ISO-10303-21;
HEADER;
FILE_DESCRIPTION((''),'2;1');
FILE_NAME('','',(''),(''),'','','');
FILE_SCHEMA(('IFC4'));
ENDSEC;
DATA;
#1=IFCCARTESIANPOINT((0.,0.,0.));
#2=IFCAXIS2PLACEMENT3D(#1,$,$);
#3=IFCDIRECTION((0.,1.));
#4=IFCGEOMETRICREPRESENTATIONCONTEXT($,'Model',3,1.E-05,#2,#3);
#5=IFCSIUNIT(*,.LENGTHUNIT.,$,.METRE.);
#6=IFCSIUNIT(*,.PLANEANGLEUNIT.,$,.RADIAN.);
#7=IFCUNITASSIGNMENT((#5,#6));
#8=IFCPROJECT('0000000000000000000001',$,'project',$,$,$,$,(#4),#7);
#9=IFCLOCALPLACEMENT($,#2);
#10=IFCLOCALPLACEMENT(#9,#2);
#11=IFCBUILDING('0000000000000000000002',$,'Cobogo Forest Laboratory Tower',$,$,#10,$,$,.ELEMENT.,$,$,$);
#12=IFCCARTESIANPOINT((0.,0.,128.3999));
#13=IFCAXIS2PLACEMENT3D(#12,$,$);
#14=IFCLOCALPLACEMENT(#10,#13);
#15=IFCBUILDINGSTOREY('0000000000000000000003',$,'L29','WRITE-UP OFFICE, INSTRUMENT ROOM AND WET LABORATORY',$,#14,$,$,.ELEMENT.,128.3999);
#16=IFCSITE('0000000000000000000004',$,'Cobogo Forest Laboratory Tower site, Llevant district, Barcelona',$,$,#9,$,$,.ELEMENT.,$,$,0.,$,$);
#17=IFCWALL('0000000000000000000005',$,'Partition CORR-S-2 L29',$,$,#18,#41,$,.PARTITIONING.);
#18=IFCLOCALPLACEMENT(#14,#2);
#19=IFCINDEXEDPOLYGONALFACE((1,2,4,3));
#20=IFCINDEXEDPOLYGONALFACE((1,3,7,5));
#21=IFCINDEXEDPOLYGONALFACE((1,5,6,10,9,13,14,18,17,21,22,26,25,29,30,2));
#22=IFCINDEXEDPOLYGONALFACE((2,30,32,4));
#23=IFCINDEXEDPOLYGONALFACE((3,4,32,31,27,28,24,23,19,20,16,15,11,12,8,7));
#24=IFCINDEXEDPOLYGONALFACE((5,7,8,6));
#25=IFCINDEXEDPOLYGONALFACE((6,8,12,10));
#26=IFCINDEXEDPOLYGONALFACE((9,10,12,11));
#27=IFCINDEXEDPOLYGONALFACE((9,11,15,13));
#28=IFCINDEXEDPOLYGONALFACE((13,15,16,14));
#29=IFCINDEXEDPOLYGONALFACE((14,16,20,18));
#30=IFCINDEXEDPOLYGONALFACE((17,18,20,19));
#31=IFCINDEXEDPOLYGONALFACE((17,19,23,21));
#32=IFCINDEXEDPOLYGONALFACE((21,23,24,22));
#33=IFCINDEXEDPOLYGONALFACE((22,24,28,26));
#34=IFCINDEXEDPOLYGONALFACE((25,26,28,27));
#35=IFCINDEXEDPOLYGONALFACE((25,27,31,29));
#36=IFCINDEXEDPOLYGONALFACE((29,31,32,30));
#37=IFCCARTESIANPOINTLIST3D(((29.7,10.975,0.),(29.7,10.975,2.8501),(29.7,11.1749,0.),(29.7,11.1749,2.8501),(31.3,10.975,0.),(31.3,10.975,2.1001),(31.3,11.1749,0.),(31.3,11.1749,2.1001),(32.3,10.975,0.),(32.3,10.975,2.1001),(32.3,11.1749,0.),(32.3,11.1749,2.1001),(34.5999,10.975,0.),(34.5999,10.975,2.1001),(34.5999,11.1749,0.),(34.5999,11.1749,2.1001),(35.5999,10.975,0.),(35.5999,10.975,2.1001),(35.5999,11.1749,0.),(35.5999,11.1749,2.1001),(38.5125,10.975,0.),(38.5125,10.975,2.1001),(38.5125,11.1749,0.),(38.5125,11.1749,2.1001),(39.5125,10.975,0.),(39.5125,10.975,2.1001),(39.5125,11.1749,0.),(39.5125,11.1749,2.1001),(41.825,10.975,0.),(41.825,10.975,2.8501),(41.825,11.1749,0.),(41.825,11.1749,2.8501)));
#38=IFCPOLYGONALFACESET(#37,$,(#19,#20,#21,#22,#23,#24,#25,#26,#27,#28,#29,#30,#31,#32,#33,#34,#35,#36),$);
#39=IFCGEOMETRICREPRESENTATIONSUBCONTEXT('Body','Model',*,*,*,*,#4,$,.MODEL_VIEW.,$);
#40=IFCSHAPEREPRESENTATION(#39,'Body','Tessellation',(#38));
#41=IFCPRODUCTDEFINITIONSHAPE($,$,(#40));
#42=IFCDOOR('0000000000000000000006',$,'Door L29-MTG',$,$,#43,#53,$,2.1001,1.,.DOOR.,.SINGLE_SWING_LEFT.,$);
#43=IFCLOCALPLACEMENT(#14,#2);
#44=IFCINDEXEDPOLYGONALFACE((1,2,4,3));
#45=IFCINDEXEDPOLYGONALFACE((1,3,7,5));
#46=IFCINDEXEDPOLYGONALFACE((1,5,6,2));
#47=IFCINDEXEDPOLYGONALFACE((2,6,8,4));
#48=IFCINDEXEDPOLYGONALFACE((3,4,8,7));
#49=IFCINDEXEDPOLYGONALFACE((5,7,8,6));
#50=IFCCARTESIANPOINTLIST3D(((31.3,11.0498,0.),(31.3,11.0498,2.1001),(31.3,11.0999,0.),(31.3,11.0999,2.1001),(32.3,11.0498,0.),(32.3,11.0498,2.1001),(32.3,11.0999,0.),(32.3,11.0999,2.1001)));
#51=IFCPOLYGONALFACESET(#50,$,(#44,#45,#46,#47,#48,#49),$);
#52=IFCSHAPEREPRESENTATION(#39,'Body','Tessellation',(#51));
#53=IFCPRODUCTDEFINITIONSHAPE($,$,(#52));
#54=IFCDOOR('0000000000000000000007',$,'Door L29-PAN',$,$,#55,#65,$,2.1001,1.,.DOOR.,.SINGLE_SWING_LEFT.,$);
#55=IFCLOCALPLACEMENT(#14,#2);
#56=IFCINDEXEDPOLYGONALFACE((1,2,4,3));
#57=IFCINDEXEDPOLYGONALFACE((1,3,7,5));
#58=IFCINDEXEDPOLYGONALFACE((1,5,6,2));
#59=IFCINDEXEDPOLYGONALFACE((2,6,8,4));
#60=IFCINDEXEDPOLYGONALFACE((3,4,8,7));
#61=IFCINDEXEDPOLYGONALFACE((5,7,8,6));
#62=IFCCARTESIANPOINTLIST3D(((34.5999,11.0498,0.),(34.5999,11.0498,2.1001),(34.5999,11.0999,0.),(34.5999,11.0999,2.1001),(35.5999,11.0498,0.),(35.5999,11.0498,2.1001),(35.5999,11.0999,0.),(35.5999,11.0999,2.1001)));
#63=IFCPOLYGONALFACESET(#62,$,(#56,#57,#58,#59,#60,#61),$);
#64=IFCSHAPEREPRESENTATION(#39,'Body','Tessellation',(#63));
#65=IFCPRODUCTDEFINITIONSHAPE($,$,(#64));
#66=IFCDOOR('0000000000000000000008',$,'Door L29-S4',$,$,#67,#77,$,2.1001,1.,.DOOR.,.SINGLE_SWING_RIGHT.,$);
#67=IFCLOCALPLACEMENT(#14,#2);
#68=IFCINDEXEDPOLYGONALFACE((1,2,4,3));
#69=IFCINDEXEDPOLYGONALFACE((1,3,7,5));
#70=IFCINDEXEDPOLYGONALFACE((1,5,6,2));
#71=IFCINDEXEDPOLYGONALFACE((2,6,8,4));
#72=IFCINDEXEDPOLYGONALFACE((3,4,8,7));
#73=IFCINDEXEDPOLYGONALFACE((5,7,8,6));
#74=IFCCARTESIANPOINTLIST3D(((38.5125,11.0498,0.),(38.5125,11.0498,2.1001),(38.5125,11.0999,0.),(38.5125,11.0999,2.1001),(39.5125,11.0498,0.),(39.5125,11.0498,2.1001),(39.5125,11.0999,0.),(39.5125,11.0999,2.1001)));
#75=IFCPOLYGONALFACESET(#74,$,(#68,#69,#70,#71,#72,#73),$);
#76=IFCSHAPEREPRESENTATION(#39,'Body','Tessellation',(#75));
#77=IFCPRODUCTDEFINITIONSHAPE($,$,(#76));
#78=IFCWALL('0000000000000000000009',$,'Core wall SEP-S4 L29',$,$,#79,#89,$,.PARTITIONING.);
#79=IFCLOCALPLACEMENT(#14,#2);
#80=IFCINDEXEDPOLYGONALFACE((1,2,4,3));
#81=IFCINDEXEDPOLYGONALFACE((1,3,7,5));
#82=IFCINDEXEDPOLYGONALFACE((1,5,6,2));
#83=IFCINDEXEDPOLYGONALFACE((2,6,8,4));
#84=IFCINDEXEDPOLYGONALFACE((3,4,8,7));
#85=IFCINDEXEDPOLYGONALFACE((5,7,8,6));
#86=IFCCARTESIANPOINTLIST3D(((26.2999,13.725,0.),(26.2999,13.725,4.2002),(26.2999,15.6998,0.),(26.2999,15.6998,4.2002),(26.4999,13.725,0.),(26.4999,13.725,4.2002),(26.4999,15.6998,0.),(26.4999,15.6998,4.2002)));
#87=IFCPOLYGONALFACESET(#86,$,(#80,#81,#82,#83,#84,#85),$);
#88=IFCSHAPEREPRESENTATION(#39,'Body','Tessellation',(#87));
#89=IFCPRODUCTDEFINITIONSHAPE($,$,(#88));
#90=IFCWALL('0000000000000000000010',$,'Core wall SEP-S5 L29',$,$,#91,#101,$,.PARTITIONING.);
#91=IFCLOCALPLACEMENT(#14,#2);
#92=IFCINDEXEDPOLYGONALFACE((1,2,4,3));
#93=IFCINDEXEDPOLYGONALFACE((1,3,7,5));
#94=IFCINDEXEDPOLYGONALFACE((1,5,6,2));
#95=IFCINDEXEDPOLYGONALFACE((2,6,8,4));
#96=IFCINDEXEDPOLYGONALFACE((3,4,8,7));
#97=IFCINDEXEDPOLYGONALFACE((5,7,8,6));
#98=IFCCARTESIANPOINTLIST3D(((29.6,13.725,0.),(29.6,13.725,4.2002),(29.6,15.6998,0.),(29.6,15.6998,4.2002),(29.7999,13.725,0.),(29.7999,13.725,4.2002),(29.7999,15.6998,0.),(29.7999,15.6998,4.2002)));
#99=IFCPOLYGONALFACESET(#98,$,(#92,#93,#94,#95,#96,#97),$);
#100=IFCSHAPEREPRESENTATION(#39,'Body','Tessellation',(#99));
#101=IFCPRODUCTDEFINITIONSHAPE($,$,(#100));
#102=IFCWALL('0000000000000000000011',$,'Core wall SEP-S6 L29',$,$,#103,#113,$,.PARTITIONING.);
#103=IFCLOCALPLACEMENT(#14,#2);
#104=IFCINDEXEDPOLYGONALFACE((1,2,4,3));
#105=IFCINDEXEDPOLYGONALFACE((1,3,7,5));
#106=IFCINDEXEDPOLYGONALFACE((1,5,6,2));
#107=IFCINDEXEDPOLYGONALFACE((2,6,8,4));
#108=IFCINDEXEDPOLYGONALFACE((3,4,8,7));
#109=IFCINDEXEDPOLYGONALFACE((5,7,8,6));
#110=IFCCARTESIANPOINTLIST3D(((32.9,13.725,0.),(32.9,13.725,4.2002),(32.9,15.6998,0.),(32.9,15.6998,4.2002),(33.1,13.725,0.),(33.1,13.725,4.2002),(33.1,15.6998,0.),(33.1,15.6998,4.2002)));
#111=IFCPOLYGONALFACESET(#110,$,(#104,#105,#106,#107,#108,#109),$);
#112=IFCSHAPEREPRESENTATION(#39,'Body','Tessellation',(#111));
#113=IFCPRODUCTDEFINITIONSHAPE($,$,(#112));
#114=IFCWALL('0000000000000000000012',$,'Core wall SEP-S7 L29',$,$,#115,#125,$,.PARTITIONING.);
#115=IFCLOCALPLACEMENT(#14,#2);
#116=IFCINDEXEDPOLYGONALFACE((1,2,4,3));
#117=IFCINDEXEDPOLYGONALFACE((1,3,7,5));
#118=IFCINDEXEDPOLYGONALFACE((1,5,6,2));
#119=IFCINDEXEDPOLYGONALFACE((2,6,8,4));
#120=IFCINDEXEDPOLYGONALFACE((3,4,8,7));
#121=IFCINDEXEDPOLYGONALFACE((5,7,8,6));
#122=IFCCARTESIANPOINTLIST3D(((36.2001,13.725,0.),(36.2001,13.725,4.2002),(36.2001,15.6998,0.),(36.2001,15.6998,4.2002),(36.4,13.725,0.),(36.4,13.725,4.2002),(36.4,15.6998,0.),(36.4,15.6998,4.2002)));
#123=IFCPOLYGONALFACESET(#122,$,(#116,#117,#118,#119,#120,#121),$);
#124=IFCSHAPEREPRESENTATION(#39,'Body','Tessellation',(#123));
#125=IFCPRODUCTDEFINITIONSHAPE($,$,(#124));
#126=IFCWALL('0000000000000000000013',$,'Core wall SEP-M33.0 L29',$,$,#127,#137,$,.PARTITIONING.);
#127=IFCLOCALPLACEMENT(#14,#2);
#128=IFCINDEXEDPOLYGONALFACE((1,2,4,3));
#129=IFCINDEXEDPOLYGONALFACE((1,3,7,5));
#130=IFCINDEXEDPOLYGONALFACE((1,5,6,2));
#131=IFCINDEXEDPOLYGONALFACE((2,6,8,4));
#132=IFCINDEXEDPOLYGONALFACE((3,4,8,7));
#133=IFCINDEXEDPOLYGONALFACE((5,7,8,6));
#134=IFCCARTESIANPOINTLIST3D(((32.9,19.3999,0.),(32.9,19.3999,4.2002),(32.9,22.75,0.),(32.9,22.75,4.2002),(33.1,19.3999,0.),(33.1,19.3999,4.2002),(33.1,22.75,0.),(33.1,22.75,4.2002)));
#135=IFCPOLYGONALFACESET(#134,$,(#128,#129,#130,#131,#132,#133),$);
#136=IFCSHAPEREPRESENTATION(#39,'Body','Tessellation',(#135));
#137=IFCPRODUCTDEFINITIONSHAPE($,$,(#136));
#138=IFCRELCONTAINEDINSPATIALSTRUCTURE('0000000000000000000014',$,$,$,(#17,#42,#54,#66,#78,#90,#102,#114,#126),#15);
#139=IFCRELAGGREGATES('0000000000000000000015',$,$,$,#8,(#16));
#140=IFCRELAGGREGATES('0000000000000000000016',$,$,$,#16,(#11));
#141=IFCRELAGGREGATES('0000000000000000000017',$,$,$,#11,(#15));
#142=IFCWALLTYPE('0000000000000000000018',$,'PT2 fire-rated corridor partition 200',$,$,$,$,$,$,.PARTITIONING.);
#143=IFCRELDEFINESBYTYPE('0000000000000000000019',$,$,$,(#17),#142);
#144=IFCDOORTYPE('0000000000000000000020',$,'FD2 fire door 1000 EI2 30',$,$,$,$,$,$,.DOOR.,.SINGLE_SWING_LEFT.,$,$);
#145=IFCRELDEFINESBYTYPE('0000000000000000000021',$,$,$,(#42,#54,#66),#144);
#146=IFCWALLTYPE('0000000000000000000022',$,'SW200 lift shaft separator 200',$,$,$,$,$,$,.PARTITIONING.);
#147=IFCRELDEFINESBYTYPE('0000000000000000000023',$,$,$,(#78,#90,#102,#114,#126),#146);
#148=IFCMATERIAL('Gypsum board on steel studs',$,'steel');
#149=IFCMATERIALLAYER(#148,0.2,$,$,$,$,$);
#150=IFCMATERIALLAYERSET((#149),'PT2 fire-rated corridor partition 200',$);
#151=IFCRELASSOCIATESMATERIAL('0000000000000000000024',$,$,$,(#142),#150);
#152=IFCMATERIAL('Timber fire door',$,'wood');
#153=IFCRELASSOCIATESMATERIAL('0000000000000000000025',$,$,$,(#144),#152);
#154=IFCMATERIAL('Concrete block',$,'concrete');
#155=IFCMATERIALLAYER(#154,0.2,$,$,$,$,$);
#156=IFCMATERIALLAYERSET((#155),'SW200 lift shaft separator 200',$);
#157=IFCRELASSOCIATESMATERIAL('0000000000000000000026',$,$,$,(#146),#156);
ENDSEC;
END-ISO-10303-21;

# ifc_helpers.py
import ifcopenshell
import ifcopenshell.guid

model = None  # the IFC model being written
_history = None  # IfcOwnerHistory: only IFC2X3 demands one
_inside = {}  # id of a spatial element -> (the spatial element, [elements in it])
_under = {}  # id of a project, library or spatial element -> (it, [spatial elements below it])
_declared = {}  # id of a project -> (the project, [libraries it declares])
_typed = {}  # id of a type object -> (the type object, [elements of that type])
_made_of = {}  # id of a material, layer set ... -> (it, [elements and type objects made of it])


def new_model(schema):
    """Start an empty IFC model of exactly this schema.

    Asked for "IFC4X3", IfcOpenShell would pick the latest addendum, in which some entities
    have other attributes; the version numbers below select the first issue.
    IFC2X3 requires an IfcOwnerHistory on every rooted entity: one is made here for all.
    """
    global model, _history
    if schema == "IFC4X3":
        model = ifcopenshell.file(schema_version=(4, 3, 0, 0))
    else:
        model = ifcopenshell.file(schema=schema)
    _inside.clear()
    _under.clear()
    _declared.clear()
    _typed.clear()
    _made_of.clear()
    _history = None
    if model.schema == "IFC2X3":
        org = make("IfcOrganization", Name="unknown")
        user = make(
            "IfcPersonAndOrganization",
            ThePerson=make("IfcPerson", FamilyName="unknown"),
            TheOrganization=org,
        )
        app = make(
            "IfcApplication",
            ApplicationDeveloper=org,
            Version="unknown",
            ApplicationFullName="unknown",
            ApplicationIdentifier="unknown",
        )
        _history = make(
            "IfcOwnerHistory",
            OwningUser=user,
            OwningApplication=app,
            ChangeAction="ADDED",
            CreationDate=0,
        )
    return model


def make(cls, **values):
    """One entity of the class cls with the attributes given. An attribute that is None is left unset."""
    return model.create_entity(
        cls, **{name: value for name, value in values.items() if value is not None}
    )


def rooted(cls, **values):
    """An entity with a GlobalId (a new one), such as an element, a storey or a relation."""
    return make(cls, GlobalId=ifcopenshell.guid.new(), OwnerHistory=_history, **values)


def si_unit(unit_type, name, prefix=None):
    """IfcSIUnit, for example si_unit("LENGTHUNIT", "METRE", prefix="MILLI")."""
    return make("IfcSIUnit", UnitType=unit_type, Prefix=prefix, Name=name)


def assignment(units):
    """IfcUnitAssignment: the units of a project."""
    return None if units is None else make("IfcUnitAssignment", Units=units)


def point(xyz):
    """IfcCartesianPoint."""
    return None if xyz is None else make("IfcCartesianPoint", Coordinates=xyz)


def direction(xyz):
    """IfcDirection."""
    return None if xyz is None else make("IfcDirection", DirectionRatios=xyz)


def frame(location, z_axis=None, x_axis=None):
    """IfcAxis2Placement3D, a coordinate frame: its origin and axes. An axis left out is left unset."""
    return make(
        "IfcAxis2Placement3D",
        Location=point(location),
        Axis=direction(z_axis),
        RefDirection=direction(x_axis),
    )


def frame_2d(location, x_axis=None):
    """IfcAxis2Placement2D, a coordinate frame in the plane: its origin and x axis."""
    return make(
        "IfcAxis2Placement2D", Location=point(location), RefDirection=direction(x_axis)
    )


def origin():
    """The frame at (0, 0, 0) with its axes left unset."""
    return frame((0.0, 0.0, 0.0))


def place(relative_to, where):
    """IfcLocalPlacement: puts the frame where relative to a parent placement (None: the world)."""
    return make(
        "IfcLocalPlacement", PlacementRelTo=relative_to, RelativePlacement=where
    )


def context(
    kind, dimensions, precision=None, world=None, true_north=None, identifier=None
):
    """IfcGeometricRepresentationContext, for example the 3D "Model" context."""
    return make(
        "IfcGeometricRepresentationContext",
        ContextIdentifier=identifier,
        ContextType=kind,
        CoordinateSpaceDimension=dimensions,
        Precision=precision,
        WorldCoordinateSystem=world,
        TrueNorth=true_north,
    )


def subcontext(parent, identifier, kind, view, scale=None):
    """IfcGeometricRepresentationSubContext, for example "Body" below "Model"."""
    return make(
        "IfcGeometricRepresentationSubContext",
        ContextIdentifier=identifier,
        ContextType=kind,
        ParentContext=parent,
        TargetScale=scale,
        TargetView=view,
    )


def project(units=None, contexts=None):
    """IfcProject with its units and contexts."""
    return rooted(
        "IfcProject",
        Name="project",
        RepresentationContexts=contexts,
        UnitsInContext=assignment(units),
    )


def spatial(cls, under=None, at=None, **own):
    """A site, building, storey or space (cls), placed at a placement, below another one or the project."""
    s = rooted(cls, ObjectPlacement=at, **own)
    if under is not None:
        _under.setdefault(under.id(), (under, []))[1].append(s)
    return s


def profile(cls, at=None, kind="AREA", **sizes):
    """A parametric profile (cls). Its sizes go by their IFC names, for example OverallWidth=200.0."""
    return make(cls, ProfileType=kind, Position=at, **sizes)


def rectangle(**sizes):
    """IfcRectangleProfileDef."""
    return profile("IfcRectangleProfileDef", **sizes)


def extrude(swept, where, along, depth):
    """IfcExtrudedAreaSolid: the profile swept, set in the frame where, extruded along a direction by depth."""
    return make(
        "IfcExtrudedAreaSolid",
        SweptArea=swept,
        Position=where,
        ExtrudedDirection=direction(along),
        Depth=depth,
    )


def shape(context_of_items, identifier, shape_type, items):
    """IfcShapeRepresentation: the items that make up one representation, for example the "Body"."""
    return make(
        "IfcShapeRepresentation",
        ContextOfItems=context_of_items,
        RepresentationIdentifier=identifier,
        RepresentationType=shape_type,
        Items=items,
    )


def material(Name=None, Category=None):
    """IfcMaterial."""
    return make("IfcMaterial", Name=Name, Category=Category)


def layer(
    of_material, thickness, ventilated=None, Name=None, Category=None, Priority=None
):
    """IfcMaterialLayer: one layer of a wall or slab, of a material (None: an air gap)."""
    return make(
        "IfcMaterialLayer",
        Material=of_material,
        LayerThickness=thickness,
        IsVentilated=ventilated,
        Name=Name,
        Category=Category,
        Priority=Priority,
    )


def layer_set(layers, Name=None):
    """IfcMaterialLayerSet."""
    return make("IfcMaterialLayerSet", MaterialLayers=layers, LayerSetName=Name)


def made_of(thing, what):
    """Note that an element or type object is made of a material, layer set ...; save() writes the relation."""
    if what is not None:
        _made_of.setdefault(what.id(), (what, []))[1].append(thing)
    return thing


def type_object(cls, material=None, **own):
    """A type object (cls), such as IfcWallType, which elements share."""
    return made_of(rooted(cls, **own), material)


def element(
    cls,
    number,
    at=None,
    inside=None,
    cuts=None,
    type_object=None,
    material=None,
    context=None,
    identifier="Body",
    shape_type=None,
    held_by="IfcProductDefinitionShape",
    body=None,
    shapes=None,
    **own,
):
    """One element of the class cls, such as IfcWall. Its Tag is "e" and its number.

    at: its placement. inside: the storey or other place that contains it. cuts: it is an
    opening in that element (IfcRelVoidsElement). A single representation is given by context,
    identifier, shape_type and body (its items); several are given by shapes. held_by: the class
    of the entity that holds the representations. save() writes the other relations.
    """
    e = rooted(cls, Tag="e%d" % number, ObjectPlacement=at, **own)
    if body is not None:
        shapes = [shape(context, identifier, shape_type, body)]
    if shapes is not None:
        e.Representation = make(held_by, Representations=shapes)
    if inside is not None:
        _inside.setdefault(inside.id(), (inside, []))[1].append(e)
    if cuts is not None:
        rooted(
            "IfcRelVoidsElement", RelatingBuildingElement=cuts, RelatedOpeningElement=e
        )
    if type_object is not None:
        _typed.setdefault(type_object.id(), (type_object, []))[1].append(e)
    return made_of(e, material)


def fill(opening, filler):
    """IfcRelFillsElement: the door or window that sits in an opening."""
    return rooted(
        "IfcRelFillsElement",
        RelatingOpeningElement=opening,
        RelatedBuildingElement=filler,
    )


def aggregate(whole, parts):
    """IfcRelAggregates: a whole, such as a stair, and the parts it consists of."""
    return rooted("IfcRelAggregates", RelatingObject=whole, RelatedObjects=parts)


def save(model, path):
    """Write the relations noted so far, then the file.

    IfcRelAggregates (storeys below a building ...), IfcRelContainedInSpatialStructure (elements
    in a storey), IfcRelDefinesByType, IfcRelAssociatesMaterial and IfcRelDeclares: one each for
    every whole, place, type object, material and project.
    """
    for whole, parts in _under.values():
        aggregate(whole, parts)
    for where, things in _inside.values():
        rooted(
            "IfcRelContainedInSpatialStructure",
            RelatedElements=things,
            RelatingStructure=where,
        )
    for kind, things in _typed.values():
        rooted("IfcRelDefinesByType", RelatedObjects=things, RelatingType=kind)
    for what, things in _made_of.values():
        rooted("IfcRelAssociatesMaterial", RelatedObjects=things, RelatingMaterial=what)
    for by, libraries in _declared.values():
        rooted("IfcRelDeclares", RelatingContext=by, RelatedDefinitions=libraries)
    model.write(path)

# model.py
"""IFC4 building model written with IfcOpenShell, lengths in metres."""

from ifc_helpers import new_model, si_unit, direction, frame, frame_2d, origin, place, context, subcontext, project, spatial, rectangle, extrude, material, layer, layer_set, type_object, element, fill, save


model = new_model("IFC4")

# Units and contexts
model_context = context("Model", 3, precision=1e-05, world=origin(), true_north=direction((0.0, 1.0)))
body_context = subcontext(model_context, "Body", "Model", "MODEL_VIEW")
ifc_project = project(units=[si_unit("LENGTHUNIT", "METRE"), si_unit("PLANEANGLEUNIT", "RADIAN")], contexts=[model_context])

# Site, building, storey
site_placement = place(None, origin())
site = spatial("IfcSite", under=ifc_project, at=site_placement, Name="Cobogo Forest Laboratory Tower site, Llevant district, Barcelona", CompositionType="ELEMENT", RefElevation=0.0)
building_placement = place(site_placement, origin())
building = spatial("IfcBuilding", under=site, at=building_placement, Name="Cobogo Forest Laboratory Tower", CompositionType="ELEMENT")
storey_placement = place(building_placement, frame((0.0, 0.0, 128.3999)))
storey = spatial("IfcBuildingStorey", under=building, at=storey_placement, Name="L29", Description="WRITE-UP OFFICE, INSTRUMENT ROOM AND WET LABORATORY", CompositionType="ELEMENT", Elevation=128.3999)

# Wall, openings, doors
ifc_material_1 = material(Name="Gypsum board on steel studs", Category="steel")
ifc_layer_1 = layer(ifc_material_1, 0.2)
ifc_layer_set_1 = layer_set([ifc_layer_1], Name="PT2 fire-rated corridor partition 200")
wall_type_1 = type_object("IfcWallType", Name="PT2 fire-rated corridor partition 200", PredefinedType="PARTITIONING", material=ifc_layer_set_1)
wall_1_placement = place(storey_placement, frame((29.7, 11.075, 0.0), z_axis=(0.0, 0.0, 1.0), x_axis=(1.0, 0.0, 0.0)))
wall_1 = element("IfcWall", 1, at=wall_1_placement, inside=storey, type_object=wall_type_1, Name="Partition CORR-S-2 L29", PredefinedType="PARTITIONING", context=body_context, shape_type="SweptSolid", body=[
    extrude(rectangle(XDim=12.125, YDim=0.2, at=frame_2d((6.0625, 0.0))), origin(), (0.0, 0.0, 1.0), 2.8501),
])
opening_1_placement = place(wall_1_placement, frame((1.6001, 0.0, 0.0)))
opening_1 = element("IfcOpeningElement", 2, at=opening_1_placement, cuts=wall_1, PredefinedType="OPENING", context=body_context, shape_type="SweptSolid", body=[
    extrude(rectangle(XDim=1.0, YDim=2.1001, at=frame_2d((0.5, 1.05))), frame((0.0, 0.1099, 0.0), z_axis=(0.0, -1.0, 0.0), x_axis=(1.0, 0.0, 0.0)), (0.0, 0.0, 1.0), 0.22),
])
opening_2_placement = place(wall_1_placement, frame((4.8999, 0.0, 0.0)))
opening_2 = element("IfcOpeningElement", 3, at=opening_2_placement, cuts=wall_1, PredefinedType="OPENING", context=body_context, shape_type="SweptSolid", body=[
    extrude(rectangle(XDim=1.0, YDim=2.1001, at=frame_2d((0.5, 1.05))), frame((0.0, 0.1099, 0.0), z_axis=(0.0, -1.0, 0.0), x_axis=(1.0, 0.0, 0.0)), (0.0, 0.0, 1.0), 0.22),
])
opening_3_placement = place(wall_1_placement, frame((8.8125, 0.0, 0.0)))
opening_3 = element("IfcOpeningElement", 4, at=opening_3_placement, cuts=wall_1, PredefinedType="OPENING", context=body_context, shape_type="SweptSolid", body=[
    extrude(rectangle(XDim=1.0, YDim=2.1001, at=frame_2d((0.5, 1.05))), frame((0.0, 0.1099, 0.0), z_axis=(0.0, -1.0, 0.0), x_axis=(1.0, 0.0, 0.0)), (0.0, 0.0, 1.0), 0.22),
])
ifc_material_2 = material(Name="Timber fire door", Category="wood")
door_type_1 = type_object("IfcDoorType", Name="FD2 fire door 1000 EI2 30", OperationType="SINGLE_SWING_LEFT", PredefinedType="DOOR", material=ifc_material_2)
door_1_placement = place(opening_1_placement, origin())
door_1 = element("IfcDoor", 5, at=door_1_placement, inside=storey, type_object=door_type_1, Name="Door L29-MTG", OperationType="SINGLE_SWING_LEFT", OverallHeight=2.1001, OverallWidth=1.0, PredefinedType="DOOR", context=body_context, shape_type="SweptSolid", body=[
    extrude(rectangle(XDim=1.0, YDim=2.1001, at=frame_2d((0.5, 1.05))), frame((0.0, 0.0249, 0.0), z_axis=(0.0, -1.0, 0.0), x_axis=(1.0, 0.0, 0.0)), (0.0, 0.0, 1.0), 0.05),
])
fill(opening_1, door_1)
door_2_placement = place(opening_2_placement, origin())
door_2 = element("IfcDoor", 6, at=door_2_placement, inside=storey, type_object=door_type_1, Name="Door L29-PAN", OperationType="SINGLE_SWING_LEFT", OverallHeight=2.1001, OverallWidth=1.0, PredefinedType="DOOR", context=body_context, shape_type="SweptSolid", body=[
    extrude(rectangle(XDim=1.0, YDim=2.1001, at=frame_2d((0.5, 1.05))), frame((0.0, 0.0249, 0.0), z_axis=(0.0, -1.0, 0.0), x_axis=(1.0, 0.0, 0.0)), (0.0, 0.0, 1.0), 0.05),
])
fill(opening_2, door_2)
door_3_placement = place(opening_3_placement, origin())
door_3 = element("IfcDoor", 7, at=door_3_placement, inside=storey, type_object=door_type_1, Name="Door L29-S4", OperationType="SINGLE_SWING_RIGHT", OverallHeight=2.1001, OverallWidth=1.0, PredefinedType="DOOR", context=body_context, shape_type="SweptSolid", body=[
    extrude(rectangle(XDim=1.0, YDim=2.1001, at=frame_2d((0.5, 1.05))), frame((0.0, 0.0249, 0.0), z_axis=(0.0, -1.0, 0.0), x_axis=(1.0, 0.0, 0.0)), (0.0, 0.0, 1.0), 0.05),
])
fill(opening_3, door_3)

# Walls
ifc_material_3 = material(Name="Concrete block", Category="concrete")
ifc_layer_2 = layer(ifc_material_3, 0.2)
ifc_layer_set_2 = layer_set([ifc_layer_2], Name="SW200 lift shaft separator 200")
wall_type_2 = type_object("IfcWallType", Name="SW200 lift shaft separator 200", PredefinedType="PARTITIONING", material=ifc_layer_set_2)
for number, where, z_axis, x_axis, name in (
    (8, (26.3999, 13.7251, 0.0), (0.0, 0.0, 1.0), (0.0, 1.0, 0.0), "Core wall SEP-S4 L29"),
    (9, (29.7, 13.7251, 0.0), (0.0, 0.0, 1.0), (0.0, 1.0, 0.0), "Core wall SEP-S5 L29"),
    (10, (33.0, 13.7251, 0.0), (0.0, 0.0, 1.0), (0.0, 1.0, 0.0), "Core wall SEP-S6 L29"),
    (11, (36.3, 13.7251, 0.0), (0.0, 0.0, 1.0), (0.0, 1.0, 0.0), "Core wall SEP-S7 L29"),
):
    element("IfcWall", number, at=place(storey_placement, frame(where, z_axis=z_axis, x_axis=x_axis)), inside=storey, type_object=wall_type_2, Name=name, PredefinedType="PARTITIONING", context=body_context, shape_type="SweptSolid", body=[
        extrude(rectangle(XDim=1.9749, YDim=0.2, at=frame_2d((0.9873, 0.0))), origin(), (0.0, 0.0, 1.0), 4.2002),
    ])
wall_2_placement = place(storey_placement, frame((33.0, 19.3999, 0.0), z_axis=(0.0, 0.0, 1.0), x_axis=(0.0, 1.0, 0.0)))
element("IfcWall", 12, at=wall_2_placement, inside=storey, type_object=wall_type_2, Name="Core wall SEP-M33.0 L29", PredefinedType="PARTITIONING", context=body_context, shape_type="SweptSolid", body=[
    extrude(rectangle(XDim=3.3501, YDim=0.2, at=frame_2d((1.675, 0.0))), origin(), (0.0, 0.0, 1.0), 4.2002),
])

save(model, "model.ifc")
